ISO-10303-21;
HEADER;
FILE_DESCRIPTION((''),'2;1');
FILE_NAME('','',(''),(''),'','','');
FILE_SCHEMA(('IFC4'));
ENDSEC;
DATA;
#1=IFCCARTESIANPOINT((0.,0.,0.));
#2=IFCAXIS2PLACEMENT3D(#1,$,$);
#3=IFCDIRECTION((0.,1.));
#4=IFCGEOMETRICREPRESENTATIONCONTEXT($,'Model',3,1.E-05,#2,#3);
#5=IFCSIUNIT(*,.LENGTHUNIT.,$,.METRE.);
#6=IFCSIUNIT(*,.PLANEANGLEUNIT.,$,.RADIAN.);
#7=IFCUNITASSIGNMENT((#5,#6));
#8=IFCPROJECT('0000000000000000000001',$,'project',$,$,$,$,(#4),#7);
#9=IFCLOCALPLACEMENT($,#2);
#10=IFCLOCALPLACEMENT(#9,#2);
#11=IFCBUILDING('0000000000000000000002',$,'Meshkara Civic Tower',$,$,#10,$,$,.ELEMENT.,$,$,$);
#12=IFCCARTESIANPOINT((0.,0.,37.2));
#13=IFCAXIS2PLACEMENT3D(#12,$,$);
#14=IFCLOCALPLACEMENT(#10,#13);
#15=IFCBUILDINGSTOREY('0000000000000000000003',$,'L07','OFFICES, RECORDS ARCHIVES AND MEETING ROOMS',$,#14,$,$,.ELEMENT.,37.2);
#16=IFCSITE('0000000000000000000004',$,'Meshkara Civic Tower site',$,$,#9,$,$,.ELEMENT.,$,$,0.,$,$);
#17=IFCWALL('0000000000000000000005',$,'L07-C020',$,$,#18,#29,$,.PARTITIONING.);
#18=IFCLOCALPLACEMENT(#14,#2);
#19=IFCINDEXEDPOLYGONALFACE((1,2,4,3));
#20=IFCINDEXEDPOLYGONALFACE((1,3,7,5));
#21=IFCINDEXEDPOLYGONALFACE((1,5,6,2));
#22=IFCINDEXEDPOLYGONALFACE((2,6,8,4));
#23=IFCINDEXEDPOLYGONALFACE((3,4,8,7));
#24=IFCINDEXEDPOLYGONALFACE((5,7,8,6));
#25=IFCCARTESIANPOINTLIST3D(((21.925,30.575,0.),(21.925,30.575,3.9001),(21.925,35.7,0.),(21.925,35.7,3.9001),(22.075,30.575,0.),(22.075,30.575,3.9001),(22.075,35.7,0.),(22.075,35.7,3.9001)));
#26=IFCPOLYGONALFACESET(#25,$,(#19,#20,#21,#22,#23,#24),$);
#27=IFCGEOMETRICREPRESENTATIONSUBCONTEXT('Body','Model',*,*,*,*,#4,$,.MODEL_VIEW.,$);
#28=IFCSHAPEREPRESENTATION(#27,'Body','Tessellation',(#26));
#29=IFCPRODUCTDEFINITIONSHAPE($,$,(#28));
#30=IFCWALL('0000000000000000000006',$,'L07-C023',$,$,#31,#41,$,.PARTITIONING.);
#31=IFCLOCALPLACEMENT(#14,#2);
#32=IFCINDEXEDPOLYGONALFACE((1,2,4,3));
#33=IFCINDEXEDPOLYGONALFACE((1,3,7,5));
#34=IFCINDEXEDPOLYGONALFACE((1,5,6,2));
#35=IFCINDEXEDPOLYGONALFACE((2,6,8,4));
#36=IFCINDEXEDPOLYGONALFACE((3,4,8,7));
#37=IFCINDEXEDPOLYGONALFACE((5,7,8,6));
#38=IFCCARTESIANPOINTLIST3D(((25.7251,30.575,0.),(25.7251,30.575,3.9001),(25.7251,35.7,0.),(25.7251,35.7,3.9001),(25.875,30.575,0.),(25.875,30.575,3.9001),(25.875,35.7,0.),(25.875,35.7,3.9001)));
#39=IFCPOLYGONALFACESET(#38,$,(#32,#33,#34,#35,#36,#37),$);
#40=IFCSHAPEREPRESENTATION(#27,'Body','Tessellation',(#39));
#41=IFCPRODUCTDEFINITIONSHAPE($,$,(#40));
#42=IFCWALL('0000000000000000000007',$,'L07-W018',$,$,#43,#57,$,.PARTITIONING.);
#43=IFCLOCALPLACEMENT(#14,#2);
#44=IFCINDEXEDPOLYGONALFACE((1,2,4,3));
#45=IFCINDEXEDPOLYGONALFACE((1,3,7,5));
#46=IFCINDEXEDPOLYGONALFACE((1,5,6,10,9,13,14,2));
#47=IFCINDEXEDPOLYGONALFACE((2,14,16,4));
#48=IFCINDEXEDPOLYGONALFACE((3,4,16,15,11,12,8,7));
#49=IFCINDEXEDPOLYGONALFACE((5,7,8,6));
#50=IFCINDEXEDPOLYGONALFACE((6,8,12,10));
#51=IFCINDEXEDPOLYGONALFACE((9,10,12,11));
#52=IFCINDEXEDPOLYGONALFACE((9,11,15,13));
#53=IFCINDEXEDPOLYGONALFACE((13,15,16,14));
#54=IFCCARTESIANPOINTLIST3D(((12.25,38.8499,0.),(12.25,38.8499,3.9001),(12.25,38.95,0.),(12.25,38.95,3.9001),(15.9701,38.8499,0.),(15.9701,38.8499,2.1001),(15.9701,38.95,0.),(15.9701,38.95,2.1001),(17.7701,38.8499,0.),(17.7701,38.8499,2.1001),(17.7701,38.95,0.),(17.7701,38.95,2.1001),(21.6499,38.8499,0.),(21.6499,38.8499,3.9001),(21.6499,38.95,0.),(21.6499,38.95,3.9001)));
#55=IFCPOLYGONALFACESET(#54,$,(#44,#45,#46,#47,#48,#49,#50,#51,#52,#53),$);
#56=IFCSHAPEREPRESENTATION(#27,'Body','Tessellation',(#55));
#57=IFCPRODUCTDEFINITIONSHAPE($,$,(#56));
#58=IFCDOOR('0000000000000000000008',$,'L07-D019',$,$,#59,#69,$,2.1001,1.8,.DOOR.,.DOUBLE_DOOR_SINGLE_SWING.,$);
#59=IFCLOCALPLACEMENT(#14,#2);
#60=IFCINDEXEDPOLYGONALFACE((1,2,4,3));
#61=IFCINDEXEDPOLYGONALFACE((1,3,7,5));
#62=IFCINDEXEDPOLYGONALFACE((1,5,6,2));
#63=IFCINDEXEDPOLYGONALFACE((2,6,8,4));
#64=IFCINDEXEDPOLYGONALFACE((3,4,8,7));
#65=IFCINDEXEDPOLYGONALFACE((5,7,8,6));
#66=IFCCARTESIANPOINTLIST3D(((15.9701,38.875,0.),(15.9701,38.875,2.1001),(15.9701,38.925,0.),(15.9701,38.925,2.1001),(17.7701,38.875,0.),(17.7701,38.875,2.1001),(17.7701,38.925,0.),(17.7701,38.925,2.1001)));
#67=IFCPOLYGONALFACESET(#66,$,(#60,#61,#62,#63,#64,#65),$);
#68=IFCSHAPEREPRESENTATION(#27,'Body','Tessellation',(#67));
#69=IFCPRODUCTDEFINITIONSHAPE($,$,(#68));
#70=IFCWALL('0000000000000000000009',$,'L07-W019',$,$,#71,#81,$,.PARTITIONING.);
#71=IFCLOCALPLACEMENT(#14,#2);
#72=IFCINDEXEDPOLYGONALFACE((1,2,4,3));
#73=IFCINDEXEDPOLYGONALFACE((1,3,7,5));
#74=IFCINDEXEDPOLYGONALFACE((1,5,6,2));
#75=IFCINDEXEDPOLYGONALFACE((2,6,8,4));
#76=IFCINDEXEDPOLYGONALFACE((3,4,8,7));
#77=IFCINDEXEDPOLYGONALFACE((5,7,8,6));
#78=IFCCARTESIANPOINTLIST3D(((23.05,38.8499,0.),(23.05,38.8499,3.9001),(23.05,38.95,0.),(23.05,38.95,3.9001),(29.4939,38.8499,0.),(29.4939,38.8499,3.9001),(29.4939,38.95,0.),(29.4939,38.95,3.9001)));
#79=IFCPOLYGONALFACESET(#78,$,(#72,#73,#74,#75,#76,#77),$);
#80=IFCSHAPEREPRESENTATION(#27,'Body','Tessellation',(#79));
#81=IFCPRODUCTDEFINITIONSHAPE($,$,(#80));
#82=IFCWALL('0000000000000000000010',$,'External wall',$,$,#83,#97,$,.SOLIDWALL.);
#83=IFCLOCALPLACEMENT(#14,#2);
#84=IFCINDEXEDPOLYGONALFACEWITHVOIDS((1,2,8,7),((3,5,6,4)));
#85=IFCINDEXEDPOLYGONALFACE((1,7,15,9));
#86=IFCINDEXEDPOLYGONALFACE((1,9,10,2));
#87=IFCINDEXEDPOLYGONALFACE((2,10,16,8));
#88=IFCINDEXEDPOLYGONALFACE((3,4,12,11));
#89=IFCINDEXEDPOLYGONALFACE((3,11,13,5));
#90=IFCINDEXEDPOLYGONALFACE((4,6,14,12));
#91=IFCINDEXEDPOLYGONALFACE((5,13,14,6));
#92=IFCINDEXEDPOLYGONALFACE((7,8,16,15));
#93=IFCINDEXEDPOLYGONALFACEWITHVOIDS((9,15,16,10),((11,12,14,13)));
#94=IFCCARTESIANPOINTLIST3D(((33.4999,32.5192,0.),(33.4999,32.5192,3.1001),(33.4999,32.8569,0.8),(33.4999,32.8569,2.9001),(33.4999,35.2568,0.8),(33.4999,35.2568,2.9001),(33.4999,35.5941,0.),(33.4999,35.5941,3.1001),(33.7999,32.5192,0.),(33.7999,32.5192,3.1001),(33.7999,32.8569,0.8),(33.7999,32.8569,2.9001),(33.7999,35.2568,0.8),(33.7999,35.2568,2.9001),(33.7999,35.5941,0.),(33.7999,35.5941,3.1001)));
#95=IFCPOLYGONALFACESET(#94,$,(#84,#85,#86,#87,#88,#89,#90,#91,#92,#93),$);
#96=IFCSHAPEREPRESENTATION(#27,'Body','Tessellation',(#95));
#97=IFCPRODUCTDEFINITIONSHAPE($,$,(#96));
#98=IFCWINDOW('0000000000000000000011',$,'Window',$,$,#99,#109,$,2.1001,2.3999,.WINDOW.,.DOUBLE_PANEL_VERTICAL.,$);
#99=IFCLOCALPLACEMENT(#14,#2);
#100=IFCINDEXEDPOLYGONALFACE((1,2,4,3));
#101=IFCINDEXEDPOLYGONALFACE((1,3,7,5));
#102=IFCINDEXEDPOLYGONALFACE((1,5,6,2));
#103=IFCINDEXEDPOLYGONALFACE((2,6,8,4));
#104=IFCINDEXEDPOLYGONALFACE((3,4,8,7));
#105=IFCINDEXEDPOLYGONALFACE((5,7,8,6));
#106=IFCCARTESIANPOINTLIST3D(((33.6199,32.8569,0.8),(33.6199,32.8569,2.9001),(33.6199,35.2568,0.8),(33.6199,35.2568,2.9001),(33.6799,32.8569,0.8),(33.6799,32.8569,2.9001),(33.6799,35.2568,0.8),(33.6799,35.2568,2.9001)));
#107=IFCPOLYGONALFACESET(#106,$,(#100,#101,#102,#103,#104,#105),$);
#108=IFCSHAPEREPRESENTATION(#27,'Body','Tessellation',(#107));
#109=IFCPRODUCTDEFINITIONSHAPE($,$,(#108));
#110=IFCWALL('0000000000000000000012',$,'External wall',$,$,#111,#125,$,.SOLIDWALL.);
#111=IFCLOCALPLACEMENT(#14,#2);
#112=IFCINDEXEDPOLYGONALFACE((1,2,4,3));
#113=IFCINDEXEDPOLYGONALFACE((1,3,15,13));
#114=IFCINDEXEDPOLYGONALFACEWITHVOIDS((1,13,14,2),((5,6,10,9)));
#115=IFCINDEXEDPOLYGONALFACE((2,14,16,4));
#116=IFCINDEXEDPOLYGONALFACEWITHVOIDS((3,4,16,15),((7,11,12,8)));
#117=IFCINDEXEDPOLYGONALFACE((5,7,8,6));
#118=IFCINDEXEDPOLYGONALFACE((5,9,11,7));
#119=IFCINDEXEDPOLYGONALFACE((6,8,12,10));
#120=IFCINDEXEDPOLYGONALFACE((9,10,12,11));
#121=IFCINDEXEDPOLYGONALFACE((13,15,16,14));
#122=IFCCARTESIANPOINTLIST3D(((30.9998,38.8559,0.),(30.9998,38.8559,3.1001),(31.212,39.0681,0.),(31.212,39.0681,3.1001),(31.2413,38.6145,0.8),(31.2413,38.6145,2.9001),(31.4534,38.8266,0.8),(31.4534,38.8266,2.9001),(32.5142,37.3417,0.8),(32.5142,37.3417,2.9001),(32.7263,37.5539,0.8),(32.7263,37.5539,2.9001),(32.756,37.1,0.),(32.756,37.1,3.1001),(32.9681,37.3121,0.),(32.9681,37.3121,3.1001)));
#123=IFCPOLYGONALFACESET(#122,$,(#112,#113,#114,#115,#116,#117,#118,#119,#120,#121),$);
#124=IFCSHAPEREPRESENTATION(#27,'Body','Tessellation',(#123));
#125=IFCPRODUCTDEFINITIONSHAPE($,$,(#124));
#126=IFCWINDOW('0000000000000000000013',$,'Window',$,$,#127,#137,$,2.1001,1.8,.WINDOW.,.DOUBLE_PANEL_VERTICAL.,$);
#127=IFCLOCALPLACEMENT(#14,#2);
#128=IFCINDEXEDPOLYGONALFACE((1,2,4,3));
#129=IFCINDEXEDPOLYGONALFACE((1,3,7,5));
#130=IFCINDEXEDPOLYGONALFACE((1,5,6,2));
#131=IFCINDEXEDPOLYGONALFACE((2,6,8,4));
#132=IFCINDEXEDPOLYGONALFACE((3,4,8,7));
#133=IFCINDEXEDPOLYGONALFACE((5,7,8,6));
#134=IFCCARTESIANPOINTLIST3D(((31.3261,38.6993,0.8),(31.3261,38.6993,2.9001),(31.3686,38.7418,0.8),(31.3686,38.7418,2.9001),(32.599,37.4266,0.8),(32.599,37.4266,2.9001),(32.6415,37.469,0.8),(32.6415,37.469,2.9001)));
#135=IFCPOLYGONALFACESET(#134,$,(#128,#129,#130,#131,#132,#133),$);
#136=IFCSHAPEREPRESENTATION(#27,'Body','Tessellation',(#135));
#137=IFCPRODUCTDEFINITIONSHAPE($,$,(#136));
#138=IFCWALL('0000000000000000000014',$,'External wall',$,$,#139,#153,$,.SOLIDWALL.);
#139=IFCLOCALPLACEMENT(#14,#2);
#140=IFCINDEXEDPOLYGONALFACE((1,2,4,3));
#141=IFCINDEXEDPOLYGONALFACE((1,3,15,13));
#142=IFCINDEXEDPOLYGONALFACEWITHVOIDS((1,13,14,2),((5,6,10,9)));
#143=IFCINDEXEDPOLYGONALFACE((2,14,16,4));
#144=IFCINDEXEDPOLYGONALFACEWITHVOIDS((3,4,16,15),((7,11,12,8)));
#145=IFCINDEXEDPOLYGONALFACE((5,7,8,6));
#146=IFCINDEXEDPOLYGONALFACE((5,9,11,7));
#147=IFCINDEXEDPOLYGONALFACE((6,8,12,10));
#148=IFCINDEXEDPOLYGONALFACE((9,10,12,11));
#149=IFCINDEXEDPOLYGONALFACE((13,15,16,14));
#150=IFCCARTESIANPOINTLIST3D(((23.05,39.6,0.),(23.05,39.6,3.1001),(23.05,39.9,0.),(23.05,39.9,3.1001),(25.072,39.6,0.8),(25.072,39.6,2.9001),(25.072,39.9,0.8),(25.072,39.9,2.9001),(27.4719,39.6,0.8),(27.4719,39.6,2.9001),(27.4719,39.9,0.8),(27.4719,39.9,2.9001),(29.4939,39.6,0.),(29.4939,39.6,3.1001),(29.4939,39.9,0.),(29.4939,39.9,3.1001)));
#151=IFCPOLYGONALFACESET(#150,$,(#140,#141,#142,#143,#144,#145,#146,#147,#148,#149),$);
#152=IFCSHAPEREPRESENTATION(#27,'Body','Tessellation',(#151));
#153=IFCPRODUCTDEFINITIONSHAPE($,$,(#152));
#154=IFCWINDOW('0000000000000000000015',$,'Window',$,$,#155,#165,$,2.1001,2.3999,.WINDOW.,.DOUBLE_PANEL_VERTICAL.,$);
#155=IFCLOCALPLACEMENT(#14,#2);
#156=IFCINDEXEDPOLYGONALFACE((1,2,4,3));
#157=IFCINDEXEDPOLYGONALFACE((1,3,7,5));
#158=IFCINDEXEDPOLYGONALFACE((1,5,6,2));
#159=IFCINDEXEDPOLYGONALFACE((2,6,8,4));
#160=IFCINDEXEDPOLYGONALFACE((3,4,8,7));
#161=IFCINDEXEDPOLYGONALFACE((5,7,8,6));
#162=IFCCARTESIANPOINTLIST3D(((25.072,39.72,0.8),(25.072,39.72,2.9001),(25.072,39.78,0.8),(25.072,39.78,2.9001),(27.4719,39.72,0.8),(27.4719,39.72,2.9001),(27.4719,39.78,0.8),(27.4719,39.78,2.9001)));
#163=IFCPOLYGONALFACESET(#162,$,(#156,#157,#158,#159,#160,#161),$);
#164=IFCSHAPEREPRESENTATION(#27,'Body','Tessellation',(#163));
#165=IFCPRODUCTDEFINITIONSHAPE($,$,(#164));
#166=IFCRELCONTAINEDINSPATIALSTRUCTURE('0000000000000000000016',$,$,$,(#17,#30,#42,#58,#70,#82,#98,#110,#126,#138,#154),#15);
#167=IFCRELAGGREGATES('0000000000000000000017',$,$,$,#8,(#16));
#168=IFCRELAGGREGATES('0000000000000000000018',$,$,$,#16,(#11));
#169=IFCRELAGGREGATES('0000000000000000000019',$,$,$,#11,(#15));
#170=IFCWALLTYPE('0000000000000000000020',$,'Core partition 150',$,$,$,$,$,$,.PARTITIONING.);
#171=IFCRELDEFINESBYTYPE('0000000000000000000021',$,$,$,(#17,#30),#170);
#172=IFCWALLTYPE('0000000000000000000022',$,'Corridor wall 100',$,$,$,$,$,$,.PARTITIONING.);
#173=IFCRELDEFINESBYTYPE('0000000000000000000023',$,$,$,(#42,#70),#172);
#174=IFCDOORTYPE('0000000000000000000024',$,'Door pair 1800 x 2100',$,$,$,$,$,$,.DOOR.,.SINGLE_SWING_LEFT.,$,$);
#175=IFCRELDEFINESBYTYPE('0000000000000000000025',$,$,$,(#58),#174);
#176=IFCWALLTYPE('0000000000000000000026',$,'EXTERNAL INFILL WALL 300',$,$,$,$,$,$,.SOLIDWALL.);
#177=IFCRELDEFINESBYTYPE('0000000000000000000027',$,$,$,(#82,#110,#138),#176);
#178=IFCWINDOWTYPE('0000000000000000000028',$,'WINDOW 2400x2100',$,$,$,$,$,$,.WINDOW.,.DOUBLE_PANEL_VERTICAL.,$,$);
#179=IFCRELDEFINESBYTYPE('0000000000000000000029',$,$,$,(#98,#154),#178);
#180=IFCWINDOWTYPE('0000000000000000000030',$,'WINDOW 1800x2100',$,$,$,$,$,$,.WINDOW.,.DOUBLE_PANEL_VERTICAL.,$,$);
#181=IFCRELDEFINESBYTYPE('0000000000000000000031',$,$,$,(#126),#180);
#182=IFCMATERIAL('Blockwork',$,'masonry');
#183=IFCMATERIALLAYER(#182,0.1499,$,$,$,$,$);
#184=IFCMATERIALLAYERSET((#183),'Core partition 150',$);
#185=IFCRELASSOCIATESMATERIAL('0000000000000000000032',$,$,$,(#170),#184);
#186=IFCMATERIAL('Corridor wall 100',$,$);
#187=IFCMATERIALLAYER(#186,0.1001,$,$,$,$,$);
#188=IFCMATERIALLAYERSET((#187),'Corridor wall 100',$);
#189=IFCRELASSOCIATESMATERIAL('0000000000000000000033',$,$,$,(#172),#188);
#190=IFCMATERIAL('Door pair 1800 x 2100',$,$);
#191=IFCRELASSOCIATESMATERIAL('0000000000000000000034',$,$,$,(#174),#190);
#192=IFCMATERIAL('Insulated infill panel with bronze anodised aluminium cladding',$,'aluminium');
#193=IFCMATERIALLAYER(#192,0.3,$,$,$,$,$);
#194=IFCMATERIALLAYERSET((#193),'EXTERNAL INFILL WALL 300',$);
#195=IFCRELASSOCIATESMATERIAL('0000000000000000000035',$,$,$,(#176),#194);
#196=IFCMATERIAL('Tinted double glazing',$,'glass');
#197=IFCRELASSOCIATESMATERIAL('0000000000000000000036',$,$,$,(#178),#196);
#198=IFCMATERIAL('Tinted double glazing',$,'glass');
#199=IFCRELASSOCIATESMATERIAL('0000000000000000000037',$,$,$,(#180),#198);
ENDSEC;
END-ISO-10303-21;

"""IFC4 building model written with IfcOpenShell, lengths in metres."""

from ifc_helpers import new_model, si_unit, direction, frame, frame_2d, origin, place, context, subcontext, project, spatial, rectangle, extrude, material, layer, layer_set, type_object, element, fill, save


model = new_model("IFC4")

# Units and contexts
model_context = context("Model", 3, precision=1e-05, world=origin(), true_north=direction((0.0, 1.0)))
body_context = subcontext(model_context, "Body", "Model", "MODEL_VIEW")
ifc_project = project(units=[si_unit("LENGTHUNIT", "METRE"), si_unit("PLANEANGLEUNIT", "RADIAN")], contexts=[model_context])

# Site, building, storey
site_placement = place(None, origin())
site = spatial("IfcSite", under=ifc_project, at=site_placement, Name="Meshkara Civic Tower site", CompositionType="ELEMENT", RefElevation=0.0)
building_placement = place(site_placement, origin())
building = spatial("IfcBuilding", under=site, at=building_placement, Name="Meshkara Civic Tower", CompositionType="ELEMENT")
storey_placement = place(building_placement, frame((0.0, 0.0, 37.2)))
storey = spatial("IfcBuildingStorey", under=building, at=storey_placement, Name="L07", Description="OFFICES, RECORDS ARCHIVES AND MEETING ROOMS", CompositionType="ELEMENT", Elevation=37.2)

# Shared definitions
ifc_material_1 = material(Name="Blockwork", Category="masonry")
ifc_layer_1 = layer(ifc_material_1, 0.1499)
ifc_layer_set_1 = layer_set([ifc_layer_1], Name="Core partition 150")
wall_type_1 = type_object("IfcWallType", Name="Core partition 150", PredefinedType="PARTITIONING", material=ifc_layer_set_1)

# Walls
for number, where, z_axis, x_axis, name in (
    (1, (22.0, 30.575, 0.0), (0.0, 0.0, 1.0), (0.0, 1.0, 0.0), "L07-C020"),
    (2, (25.8, 30.575, 0.0), (0.0, 0.0, 1.0), (0.0, 1.0, 0.0), "L07-C023"),
):
    element("IfcWall", number, at=place(storey_placement, frame(where, z_axis=z_axis, x_axis=x_axis)), inside=storey, type_object=wall_type_1, Name=name, PredefinedType="PARTITIONING", context=body_context, shape_type="SweptSolid", body=[
        extrude(rectangle(XDim=5.125, YDim=0.1499, at=frame_2d((2.5625, 0.0))), origin(), (0.0, 0.0, 1.0), 3.9001),
    ])

# Wall, opening, door
ifc_material_2 = material(Name="Corridor wall 100")
ifc_layer_2 = layer(ifc_material_2, 0.1001)
ifc_layer_set_2 = layer_set([ifc_layer_2], Name="Corridor wall 100")
wall_type_2 = type_object("IfcWallType", Name="Corridor wall 100", PredefinedType="PARTITIONING", material=ifc_layer_set_2)
wall_1_placement = place(storey_placement, frame((21.6499, 38.8999, 0.0), z_axis=(0.0, 0.0, 1.0), x_axis=(-1.0, 0.0, 0.0)))
wall_1 = element("IfcWall", 3, at=wall_1_placement, inside=storey, type_object=wall_type_2, Name="L07-W018", PredefinedType="PARTITIONING", context=body_context, shape_type="SweptSolid", body=[
    extrude(rectangle(XDim=9.3999, YDim=0.1001, at=frame_2d((4.7, 0.0))), origin(), (0.0, 0.0, 1.0), 3.9001),
])
opening_1_placement = place(wall_1_placement, frame((3.8799, 0.0, 0.0)))
opening_1 = element("IfcOpeningElement", 4, at=opening_1_placement, cuts=wall_1, PredefinedType="OPENING", context=body_context, shape_type="SweptSolid", body=[
    extrude(rectangle(XDim=1.8, YDim=2.1001, at=frame_2d((0.8999, 1.05))), frame((0.0, 0.0601, 0.0), z_axis=(0.0, -1.0, 0.0), x_axis=(1.0, 0.0, 0.0)), (0.0, 0.0, 1.0), 0.1201),
])
ifc_material_3 = material(Name="Door pair 1800 x 2100")
door_type_1 = type_object("IfcDoorType", Name="Door pair 1800 x 2100", OperationType="SINGLE_SWING_LEFT", PredefinedType="DOOR", material=ifc_material_3)
door_1_placement = place(opening_1_placement, origin())
door_1 = element("IfcDoor", 5, at=door_1_placement, inside=storey, type_object=door_type_1, Name="L07-D019", OperationType="DOUBLE_DOOR_SINGLE_SWING", OverallHeight=2.1001, OverallWidth=1.8, PredefinedType="DOOR", context=body_context, shape_type="SweptSolid", body=[
    extrude(rectangle(XDim=1.8, YDim=2.1001, at=frame_2d((0.8999, 1.05))), frame((0.0, 0.0249, 0.0), z_axis=(0.0, -1.0, 0.0), x_axis=(1.0, 0.0, 0.0)), (0.0, 0.0, 1.0), 0.05),
])
fill(opening_1, door_1)

# Wall
wall_2_placement = place(storey_placement, frame((29.4939, 38.8999, 0.0), z_axis=(0.0, 0.0, 1.0), x_axis=(-1.0, 0.0, 0.0)))
element("IfcWall", 6, at=wall_2_placement, inside=storey, type_object=wall_type_2, Name="L07-W019", PredefinedType="PARTITIONING", context=body_context, shape_type="SweptSolid", body=[
    extrude(rectangle(XDim=6.4438, YDim=0.1001, at=frame_2d((3.2219, 0.0))), origin(), (0.0, 0.0, 1.0), 3.9001),
])

# Walls, openings, windows
ifc_material_4 = material(Name="Insulated infill panel with bronze anodised aluminium cladding", Category="aluminium")
ifc_layer_3 = layer(ifc_material_4, 0.3)
ifc_layer_set_3 = layer_set([ifc_layer_3], Name="EXTERNAL INFILL WALL 300")
wall_type_3 = type_object("IfcWallType", Name="EXTERNAL INFILL WALL 300", PredefinedType="SOLIDWALL", material=ifc_layer_set_3)
wall_3_placement = place(storey_placement, frame((33.6499, 32.519, 0.0), z_axis=(0.0, 0.0, 1.0), x_axis=(0.0, 1.0, 0.0)))
wall_3 = element("IfcWall", 7, at=wall_3_placement, inside=storey, type_object=wall_type_3, Name="External wall", PredefinedType="SOLIDWALL", context=body_context, shape_type="SweptSolid", body=[
    extrude(rectangle(XDim=3.075, YDim=0.3, at=frame_2d((1.5376, 0.0))), origin(), (0.0, 0.0, 1.0), 3.1001),
])
opening_2_placement = place(wall_3_placement, frame((0.3379, 0.0, 0.8)))
opening_2 = element("IfcOpeningElement", 8, at=opening_2_placement, cuts=wall_3, PredefinedType="OPENING", context=body_context, shape_type="SweptSolid", body=[
    extrude(rectangle(XDim=2.3999, YDim=2.1001, at=frame_2d((1.2, 1.05))), frame((0.0, 0.1599, 0.0), z_axis=(0.0, -1.0, 0.0), x_axis=(1.0, 0.0, 0.0)), (0.0, 0.0, 1.0), 0.3201),
])
ifc_material_5 = material(Name="Tinted double glazing", Category="glass")
window_type_1 = type_object("IfcWindowType", Name="WINDOW 2400x2100", PartitioningType="DOUBLE_PANEL_VERTICAL", PredefinedType="WINDOW", material=ifc_material_5)
window_1_placement = place(opening_2_placement, origin())
window_1 = element("IfcWindow", 9, at=window_1_placement, inside=storey, type_object=window_type_1, Name="Window", OverallHeight=2.1001, OverallWidth=2.3999, PartitioningType="DOUBLE_PANEL_VERTICAL", PredefinedType="WINDOW", context=body_context, shape_type="SweptSolid", body=[
    extrude(rectangle(XDim=2.3999, YDim=2.1001, at=frame_2d((1.2, 1.05))), frame((0.0, 0.03, 0.0), z_axis=(0.0, -1.0, 0.0), x_axis=(1.0, 0.0, 0.0)), (0.0, 0.0, 1.0), 0.0601),
])
fill(opening_2, window_1)
wall_4_placement = place(storey_placement, frame((32.8621, 37.2061, 0.0), z_axis=(0.0, 0.0, 1.0), x_axis=(-0.707156, 0.707058, 0.0)))
wall_4 = element("IfcWall", 10, at=wall_4_placement, inside=storey, type_object=wall_type_3, Name="External wall", PredefinedType="SOLIDWALL", context=body_context, shape_type="SweptSolid", body=[
    extrude(rectangle(XDim=2.4834, YDim=0.3, at=frame_2d((1.2417, 0.0))), origin(), (0.0, 0.0, 1.0), 3.1001),
])
opening_3_placement = place(wall_4_placement, frame((0.342, 0.0, 0.8)))
opening_3 = element("IfcOpeningElement", 11, at=opening_3_placement, cuts=wall_4, PredefinedType="OPENING", context=body_context, shape_type="SweptSolid", body=[
    extrude(rectangle(XDim=1.8, YDim=2.1001, at=frame_2d((0.8999, 1.05))), frame((0.0, 0.1599, 0.0), z_axis=(0.0, -1.0, 0.0), x_axis=(1.0, 0.0, 0.0)), (0.0, 0.0, 1.0), 0.3201),
])
ifc_material_6 = material(Name="Tinted double glazing", Category="glass")
window_type_2 = type_object("IfcWindowType", Name="WINDOW 1800x2100", PartitioningType="DOUBLE_PANEL_VERTICAL", PredefinedType="WINDOW", material=ifc_material_6)
window_2_placement = place(opening_3_placement, origin())
window_2 = element("IfcWindow", 12, at=window_2_placement, inside=storey, type_object=window_type_2, Name="Window", OverallHeight=2.1001, OverallWidth=1.8, PartitioningType="DOUBLE_PANEL_VERTICAL", PredefinedType="WINDOW", context=body_context, shape_type="SweptSolid", body=[
    extrude(rectangle(XDim=1.8, YDim=2.1001, at=frame_2d((0.8999, 1.05))), frame((0.0, 0.03, 0.0), z_axis=(0.0, -1.0, 0.0), x_axis=(1.0, 0.0, 0.0)), (0.0, 0.0, 1.0), 0.0601),
])
fill(opening_3, window_2)
wall_5_placement = place(storey_placement, frame((29.4939, 39.75, 0.0), z_axis=(0.0, 0.0, 1.0), x_axis=(-1.0, 0.0, 0.0)))
wall_5 = element("IfcWall", 13, at=wall_5_placement, inside=storey, type_object=wall_type_3, Name="External wall", PredefinedType="SOLIDWALL", context=body_context, shape_type="SweptSolid", body=[
    extrude(rectangle(XDim=6.4438, YDim=0.3, at=frame_2d((3.2219, 0.0))), origin(), (0.0, 0.0, 1.0), 3.1001),
])
opening_4_placement = place(wall_5_placement, frame((2.022, 0.0, 0.8)))
opening_4 = element("IfcOpeningElement", 14, at=opening_4_placement, cuts=wall_5, PredefinedType="OPENING", context=body_context, shape_type="SweptSolid", body=[
    extrude(rectangle(XDim=2.3999, YDim=2.1001, at=frame_2d((1.2, 1.05))), frame((0.0, 0.1599, 0.0), z_axis=(0.0, -1.0, 0.0), x_axis=(1.0, 0.0, 0.0)), (0.0, 0.0, 1.0), 0.3201),
])
window_3_placement = place(opening_4_placement, origin())
window_3 = element("IfcWindow", 15, at=window_3_placement, inside=storey, type_object=window_type_1, Name="Window", OverallHeight=2.1001, OverallWidth=2.3999, PartitioningType="DOUBLE_PANEL_VERTICAL", PredefinedType="WINDOW", context=body_context, shape_type="SweptSolid", body=[
    extrude(rectangle(XDim=2.3999, YDim=2.1001, at=frame_2d((1.2, 1.05))), frame((0.0, 0.03, 0.0), z_axis=(0.0, -1.0, 0.0), x_axis=(1.0, 0.0, 0.0)), (0.0, 0.0, 1.0), 0.0601),
])
fill(opening_4, window_3)

save(model, "model.ifc")
